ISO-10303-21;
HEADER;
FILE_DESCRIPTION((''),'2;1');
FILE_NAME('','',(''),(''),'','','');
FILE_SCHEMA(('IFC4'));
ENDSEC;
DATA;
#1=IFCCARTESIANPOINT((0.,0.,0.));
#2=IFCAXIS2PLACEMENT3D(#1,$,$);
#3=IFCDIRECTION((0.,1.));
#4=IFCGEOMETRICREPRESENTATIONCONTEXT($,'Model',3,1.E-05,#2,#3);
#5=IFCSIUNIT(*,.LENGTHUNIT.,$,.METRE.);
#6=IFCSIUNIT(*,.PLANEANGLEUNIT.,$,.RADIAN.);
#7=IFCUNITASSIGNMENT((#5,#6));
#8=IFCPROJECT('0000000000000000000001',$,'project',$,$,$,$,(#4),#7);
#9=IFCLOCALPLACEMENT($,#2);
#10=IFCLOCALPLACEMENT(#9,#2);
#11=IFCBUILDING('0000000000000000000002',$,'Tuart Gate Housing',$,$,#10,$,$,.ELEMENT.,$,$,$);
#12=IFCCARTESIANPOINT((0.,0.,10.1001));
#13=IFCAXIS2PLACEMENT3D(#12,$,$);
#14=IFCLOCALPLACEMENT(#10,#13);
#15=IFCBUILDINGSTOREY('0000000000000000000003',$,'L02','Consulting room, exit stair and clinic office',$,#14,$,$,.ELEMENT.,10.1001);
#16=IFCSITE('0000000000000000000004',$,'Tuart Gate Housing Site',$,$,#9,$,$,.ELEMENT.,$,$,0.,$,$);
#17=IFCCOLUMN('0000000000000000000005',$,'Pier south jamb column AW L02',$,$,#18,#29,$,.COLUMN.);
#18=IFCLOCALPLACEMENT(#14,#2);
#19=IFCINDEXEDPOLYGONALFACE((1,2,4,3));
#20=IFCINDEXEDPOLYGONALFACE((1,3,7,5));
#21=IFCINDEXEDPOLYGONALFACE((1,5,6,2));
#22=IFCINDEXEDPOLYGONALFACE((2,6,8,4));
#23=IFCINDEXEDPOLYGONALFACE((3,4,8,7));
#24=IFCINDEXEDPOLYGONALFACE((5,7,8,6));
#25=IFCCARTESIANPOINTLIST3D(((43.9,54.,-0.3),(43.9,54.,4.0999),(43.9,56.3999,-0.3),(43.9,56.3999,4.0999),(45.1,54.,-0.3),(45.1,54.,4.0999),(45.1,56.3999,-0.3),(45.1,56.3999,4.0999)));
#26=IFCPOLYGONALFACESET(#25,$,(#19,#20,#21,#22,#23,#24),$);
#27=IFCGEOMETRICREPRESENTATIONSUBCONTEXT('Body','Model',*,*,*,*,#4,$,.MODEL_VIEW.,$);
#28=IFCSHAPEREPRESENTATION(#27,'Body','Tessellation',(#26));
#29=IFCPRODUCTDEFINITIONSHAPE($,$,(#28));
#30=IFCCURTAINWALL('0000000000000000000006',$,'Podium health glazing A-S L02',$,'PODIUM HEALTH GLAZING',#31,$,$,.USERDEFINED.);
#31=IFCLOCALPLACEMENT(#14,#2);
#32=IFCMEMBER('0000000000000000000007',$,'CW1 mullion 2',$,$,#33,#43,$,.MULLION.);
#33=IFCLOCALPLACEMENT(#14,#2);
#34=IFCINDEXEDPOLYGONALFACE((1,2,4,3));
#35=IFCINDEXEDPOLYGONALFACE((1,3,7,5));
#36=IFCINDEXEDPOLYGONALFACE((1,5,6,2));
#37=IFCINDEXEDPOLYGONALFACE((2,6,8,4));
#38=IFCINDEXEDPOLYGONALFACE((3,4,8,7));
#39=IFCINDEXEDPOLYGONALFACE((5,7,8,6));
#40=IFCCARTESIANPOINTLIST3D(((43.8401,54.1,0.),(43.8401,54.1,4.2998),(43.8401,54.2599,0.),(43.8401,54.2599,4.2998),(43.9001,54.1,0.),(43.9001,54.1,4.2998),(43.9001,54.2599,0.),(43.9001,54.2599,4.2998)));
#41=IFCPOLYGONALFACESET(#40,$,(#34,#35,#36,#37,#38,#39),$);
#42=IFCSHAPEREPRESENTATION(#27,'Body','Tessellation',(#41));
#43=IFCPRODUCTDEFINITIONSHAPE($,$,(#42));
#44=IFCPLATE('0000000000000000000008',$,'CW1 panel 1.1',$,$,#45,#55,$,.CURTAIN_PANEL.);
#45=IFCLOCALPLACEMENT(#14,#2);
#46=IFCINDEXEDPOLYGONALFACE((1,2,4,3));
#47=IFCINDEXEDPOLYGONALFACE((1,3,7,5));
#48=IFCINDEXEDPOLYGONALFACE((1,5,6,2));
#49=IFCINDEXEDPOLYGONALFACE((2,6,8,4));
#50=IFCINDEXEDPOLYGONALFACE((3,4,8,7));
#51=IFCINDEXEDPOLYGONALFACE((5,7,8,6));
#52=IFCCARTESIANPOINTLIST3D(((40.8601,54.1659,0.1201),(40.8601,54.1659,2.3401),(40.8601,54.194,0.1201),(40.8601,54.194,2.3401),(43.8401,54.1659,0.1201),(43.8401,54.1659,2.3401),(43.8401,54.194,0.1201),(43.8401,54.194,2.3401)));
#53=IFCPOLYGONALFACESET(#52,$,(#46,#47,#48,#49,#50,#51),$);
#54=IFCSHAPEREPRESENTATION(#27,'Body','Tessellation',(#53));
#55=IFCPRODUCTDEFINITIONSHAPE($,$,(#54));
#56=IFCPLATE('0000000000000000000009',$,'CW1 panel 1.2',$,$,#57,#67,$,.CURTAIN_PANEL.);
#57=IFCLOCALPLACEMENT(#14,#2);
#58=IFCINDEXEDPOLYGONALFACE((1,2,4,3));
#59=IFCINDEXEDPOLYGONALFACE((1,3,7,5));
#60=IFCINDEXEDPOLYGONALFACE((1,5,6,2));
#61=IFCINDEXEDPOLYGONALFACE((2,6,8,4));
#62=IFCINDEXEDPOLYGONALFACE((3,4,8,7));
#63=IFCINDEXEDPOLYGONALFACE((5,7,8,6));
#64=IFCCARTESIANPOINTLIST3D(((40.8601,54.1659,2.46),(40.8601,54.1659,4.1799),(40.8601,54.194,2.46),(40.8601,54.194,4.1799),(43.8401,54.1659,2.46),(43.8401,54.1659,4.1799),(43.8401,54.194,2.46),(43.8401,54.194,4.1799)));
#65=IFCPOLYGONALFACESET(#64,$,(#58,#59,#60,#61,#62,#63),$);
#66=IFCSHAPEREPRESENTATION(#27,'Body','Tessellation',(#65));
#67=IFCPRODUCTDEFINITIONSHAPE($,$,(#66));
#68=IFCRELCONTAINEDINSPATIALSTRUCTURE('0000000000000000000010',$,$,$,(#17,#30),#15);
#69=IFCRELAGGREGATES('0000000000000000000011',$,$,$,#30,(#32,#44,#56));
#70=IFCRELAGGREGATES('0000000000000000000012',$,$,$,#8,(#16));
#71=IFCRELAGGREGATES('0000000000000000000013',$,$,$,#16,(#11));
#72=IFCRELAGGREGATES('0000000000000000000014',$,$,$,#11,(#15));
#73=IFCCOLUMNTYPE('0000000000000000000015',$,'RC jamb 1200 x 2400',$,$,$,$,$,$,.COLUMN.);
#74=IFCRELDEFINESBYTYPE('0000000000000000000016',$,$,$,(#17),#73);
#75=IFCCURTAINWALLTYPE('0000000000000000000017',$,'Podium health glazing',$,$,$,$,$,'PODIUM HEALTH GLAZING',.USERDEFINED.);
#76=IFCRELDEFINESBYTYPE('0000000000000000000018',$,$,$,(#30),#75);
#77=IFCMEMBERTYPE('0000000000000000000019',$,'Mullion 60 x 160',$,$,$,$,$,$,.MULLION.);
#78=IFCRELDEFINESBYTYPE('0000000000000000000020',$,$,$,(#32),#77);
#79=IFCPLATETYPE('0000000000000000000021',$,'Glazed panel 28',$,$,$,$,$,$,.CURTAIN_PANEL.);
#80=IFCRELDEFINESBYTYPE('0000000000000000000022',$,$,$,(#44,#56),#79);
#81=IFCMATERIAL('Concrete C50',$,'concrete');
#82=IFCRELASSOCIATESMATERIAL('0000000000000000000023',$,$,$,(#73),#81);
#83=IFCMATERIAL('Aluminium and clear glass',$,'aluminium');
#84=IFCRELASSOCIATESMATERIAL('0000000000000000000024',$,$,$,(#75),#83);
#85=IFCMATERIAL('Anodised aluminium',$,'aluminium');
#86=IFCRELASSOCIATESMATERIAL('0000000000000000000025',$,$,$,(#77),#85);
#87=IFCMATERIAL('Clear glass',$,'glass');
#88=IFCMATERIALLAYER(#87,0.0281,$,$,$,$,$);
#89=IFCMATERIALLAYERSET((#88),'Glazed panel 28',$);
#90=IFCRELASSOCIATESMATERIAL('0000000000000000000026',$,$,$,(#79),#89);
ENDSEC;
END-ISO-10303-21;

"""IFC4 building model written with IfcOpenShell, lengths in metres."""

from ifc_helpers import new_model, si_unit, direction, frame, origin, origin_2d, place, context, subcontext, project, spatial, rectangle, extrude, material, layer, layer_set, material_profile, profile_set, type_object, element, aggregate, save


model = new_model("IFC4")

# Units and contexts
model_context = context("Model", 3, precision=1e-05, world=origin(), true_north=direction((0.0, 1.0)))
body_context = subcontext(model_context, "Body", "Model", "MODEL_VIEW")
ifc_project = project(units=[si_unit("LENGTHUNIT", "METRE"), si_unit("PLANEANGLEUNIT", "RADIAN")], contexts=[model_context])

# Site, building, storey
site_placement = place(None, origin())
site = spatial("IfcSite", under=ifc_project, at=site_placement, Name="Tuart Gate Housing Site", CompositionType="ELEMENT", RefElevation=0.0)
building_placement = place(site_placement, origin())
building = spatial("IfcBuilding", under=site, at=building_placement, Name="Tuart Gate Housing", CompositionType="ELEMENT")
storey_placement = place(building_placement, frame((0.0, 0.0, 10.1001)))
storey = spatial("IfcBuildingStorey", under=building, at=storey_placement, Name="L02", Description="Consulting room, exit stair and clinic office", CompositionType="ELEMENT", Elevation=10.1001)

# Column
ifc_material_1 = material(Name="Concrete C50", Category="concrete")
ifc_material_profile_1 = material_profile(ifc_material_1, rectangle(XDim=1.2, YDim=2.3999, at=origin_2d()), Name="RC jamb 1200 x 2400")
ifc_profile_set_1 = profile_set([ifc_material_profile_1], Name="Concrete C50")
column_type = type_object("IfcColumnType", Name="RC jamb 1200 x 2400", PredefinedType="COLUMN", material=ifc_profile_set_1)
column_placement = place(storey_placement, frame((44.5, 55.2, -0.3), z_axis=(0.0, 0.0, 1.0), x_axis=(1.0, 0.0, 0.0)))
element("IfcColumn", 1, at=column_placement, inside=storey, type_object=column_type, Name="Pier south jamb column AW L02", PredefinedType="COLUMN", context=body_context, shape_type="SweptSolid", body=[
    extrude(rectangle(XDim=1.2, YDim=2.3999, at=origin_2d()), origin(), (0.0, 0.0, 1.0), 4.3999),
])

# Curtain wall, member, plates
ifc_material_2 = material(Name="Aluminium and clear glass", Category="aluminium")
curtain_wall_type = type_object("IfcCurtainWallType", Name="Podium health glazing", ElementType="PODIUM HEALTH GLAZING", PredefinedType="USERDEFINED", material=ifc_material_2)
curtain_wall_placement = place(storey_placement, origin())
curtain_wall = element("IfcCurtainWall", 2, at=curtain_wall_placement, inside=storey, type_object=curtain_wall_type, Name="Podium health glazing A-S L02", ObjectType="PODIUM HEALTH GLAZING", PredefinedType="USERDEFINED")
ifc_material_3 = material(Name="Anodised aluminium", Category="aluminium")
ifc_material_profile_2 = material_profile(ifc_material_3, rectangle(XDim=0.0601, YDim=0.1599, at=origin_2d()), Name="60x160")
ifc_profile_set_2 = profile_set([ifc_material_profile_2], Name="Anodised aluminium")
member_type = type_object("IfcMemberType", Name="Mullion 60 x 160", PredefinedType="MULLION", material=ifc_profile_set_2)
member_placement = place(storey_placement, frame((43.8701, 54.1799, 0.0), z_axis=(0.0, 0.0, 1.0), x_axis=(1.0, 0.0, 0.0)))
member = element("IfcMember", 3, at=member_placement, type_object=member_type, Name="CW1 mullion 2", PredefinedType="MULLION", context=body_context, shape_type="SweptSolid", body=[
    extrude(rectangle(XDim=0.0601, YDim=0.1599, at=origin_2d()), origin(), (0.0, 0.0, 1.0), 4.2998),
])
ifc_material_4 = material(Name="Clear glass", Category="glass")
ifc_layer_1 = layer(ifc_material_4, 0.0281)
ifc_layer_set_1 = layer_set([ifc_layer_1], Name="Glazed panel 28")
plate_type = type_object("IfcPlateType", Name="Glazed panel 28", PredefinedType="CURTAIN_PANEL", material=ifc_layer_set_1)
plate_1_placement = place(storey_placement, frame((42.3501, 54.1799, 0.1201), z_axis=(0.0, 0.0, 1.0), x_axis=(1.0, 0.0, 0.0)))
plate_1 = element("IfcPlate", 4, at=plate_1_placement, type_object=plate_type, Name="CW1 panel 1.1", PredefinedType="CURTAIN_PANEL", context=body_context, shape_type="SweptSolid", body=[
    extrude(rectangle(XDim=2.98, YDim=0.0281, at=origin_2d()), origin(), (0.0, 0.0, 1.0), 2.22),
])
plate_2_placement = place(storey_placement, frame((42.3501, 54.1799, 2.46), z_axis=(0.0, 0.0, 1.0), x_axis=(1.0, 0.0, 0.0)))
plate_2 = element("IfcPlate", 5, at=plate_2_placement, type_object=plate_type, Name="CW1 panel 1.2", PredefinedType="CURTAIN_PANEL", context=body_context, shape_type="SweptSolid", body=[
    extrude(rectangle(XDim=2.98, YDim=0.0281, at=origin_2d()), origin(), (0.0, 0.0, 1.0), 1.72),
])
aggregate(curtain_wall, [member, plate_1, plate_2])

save(model, "model.ifc")
